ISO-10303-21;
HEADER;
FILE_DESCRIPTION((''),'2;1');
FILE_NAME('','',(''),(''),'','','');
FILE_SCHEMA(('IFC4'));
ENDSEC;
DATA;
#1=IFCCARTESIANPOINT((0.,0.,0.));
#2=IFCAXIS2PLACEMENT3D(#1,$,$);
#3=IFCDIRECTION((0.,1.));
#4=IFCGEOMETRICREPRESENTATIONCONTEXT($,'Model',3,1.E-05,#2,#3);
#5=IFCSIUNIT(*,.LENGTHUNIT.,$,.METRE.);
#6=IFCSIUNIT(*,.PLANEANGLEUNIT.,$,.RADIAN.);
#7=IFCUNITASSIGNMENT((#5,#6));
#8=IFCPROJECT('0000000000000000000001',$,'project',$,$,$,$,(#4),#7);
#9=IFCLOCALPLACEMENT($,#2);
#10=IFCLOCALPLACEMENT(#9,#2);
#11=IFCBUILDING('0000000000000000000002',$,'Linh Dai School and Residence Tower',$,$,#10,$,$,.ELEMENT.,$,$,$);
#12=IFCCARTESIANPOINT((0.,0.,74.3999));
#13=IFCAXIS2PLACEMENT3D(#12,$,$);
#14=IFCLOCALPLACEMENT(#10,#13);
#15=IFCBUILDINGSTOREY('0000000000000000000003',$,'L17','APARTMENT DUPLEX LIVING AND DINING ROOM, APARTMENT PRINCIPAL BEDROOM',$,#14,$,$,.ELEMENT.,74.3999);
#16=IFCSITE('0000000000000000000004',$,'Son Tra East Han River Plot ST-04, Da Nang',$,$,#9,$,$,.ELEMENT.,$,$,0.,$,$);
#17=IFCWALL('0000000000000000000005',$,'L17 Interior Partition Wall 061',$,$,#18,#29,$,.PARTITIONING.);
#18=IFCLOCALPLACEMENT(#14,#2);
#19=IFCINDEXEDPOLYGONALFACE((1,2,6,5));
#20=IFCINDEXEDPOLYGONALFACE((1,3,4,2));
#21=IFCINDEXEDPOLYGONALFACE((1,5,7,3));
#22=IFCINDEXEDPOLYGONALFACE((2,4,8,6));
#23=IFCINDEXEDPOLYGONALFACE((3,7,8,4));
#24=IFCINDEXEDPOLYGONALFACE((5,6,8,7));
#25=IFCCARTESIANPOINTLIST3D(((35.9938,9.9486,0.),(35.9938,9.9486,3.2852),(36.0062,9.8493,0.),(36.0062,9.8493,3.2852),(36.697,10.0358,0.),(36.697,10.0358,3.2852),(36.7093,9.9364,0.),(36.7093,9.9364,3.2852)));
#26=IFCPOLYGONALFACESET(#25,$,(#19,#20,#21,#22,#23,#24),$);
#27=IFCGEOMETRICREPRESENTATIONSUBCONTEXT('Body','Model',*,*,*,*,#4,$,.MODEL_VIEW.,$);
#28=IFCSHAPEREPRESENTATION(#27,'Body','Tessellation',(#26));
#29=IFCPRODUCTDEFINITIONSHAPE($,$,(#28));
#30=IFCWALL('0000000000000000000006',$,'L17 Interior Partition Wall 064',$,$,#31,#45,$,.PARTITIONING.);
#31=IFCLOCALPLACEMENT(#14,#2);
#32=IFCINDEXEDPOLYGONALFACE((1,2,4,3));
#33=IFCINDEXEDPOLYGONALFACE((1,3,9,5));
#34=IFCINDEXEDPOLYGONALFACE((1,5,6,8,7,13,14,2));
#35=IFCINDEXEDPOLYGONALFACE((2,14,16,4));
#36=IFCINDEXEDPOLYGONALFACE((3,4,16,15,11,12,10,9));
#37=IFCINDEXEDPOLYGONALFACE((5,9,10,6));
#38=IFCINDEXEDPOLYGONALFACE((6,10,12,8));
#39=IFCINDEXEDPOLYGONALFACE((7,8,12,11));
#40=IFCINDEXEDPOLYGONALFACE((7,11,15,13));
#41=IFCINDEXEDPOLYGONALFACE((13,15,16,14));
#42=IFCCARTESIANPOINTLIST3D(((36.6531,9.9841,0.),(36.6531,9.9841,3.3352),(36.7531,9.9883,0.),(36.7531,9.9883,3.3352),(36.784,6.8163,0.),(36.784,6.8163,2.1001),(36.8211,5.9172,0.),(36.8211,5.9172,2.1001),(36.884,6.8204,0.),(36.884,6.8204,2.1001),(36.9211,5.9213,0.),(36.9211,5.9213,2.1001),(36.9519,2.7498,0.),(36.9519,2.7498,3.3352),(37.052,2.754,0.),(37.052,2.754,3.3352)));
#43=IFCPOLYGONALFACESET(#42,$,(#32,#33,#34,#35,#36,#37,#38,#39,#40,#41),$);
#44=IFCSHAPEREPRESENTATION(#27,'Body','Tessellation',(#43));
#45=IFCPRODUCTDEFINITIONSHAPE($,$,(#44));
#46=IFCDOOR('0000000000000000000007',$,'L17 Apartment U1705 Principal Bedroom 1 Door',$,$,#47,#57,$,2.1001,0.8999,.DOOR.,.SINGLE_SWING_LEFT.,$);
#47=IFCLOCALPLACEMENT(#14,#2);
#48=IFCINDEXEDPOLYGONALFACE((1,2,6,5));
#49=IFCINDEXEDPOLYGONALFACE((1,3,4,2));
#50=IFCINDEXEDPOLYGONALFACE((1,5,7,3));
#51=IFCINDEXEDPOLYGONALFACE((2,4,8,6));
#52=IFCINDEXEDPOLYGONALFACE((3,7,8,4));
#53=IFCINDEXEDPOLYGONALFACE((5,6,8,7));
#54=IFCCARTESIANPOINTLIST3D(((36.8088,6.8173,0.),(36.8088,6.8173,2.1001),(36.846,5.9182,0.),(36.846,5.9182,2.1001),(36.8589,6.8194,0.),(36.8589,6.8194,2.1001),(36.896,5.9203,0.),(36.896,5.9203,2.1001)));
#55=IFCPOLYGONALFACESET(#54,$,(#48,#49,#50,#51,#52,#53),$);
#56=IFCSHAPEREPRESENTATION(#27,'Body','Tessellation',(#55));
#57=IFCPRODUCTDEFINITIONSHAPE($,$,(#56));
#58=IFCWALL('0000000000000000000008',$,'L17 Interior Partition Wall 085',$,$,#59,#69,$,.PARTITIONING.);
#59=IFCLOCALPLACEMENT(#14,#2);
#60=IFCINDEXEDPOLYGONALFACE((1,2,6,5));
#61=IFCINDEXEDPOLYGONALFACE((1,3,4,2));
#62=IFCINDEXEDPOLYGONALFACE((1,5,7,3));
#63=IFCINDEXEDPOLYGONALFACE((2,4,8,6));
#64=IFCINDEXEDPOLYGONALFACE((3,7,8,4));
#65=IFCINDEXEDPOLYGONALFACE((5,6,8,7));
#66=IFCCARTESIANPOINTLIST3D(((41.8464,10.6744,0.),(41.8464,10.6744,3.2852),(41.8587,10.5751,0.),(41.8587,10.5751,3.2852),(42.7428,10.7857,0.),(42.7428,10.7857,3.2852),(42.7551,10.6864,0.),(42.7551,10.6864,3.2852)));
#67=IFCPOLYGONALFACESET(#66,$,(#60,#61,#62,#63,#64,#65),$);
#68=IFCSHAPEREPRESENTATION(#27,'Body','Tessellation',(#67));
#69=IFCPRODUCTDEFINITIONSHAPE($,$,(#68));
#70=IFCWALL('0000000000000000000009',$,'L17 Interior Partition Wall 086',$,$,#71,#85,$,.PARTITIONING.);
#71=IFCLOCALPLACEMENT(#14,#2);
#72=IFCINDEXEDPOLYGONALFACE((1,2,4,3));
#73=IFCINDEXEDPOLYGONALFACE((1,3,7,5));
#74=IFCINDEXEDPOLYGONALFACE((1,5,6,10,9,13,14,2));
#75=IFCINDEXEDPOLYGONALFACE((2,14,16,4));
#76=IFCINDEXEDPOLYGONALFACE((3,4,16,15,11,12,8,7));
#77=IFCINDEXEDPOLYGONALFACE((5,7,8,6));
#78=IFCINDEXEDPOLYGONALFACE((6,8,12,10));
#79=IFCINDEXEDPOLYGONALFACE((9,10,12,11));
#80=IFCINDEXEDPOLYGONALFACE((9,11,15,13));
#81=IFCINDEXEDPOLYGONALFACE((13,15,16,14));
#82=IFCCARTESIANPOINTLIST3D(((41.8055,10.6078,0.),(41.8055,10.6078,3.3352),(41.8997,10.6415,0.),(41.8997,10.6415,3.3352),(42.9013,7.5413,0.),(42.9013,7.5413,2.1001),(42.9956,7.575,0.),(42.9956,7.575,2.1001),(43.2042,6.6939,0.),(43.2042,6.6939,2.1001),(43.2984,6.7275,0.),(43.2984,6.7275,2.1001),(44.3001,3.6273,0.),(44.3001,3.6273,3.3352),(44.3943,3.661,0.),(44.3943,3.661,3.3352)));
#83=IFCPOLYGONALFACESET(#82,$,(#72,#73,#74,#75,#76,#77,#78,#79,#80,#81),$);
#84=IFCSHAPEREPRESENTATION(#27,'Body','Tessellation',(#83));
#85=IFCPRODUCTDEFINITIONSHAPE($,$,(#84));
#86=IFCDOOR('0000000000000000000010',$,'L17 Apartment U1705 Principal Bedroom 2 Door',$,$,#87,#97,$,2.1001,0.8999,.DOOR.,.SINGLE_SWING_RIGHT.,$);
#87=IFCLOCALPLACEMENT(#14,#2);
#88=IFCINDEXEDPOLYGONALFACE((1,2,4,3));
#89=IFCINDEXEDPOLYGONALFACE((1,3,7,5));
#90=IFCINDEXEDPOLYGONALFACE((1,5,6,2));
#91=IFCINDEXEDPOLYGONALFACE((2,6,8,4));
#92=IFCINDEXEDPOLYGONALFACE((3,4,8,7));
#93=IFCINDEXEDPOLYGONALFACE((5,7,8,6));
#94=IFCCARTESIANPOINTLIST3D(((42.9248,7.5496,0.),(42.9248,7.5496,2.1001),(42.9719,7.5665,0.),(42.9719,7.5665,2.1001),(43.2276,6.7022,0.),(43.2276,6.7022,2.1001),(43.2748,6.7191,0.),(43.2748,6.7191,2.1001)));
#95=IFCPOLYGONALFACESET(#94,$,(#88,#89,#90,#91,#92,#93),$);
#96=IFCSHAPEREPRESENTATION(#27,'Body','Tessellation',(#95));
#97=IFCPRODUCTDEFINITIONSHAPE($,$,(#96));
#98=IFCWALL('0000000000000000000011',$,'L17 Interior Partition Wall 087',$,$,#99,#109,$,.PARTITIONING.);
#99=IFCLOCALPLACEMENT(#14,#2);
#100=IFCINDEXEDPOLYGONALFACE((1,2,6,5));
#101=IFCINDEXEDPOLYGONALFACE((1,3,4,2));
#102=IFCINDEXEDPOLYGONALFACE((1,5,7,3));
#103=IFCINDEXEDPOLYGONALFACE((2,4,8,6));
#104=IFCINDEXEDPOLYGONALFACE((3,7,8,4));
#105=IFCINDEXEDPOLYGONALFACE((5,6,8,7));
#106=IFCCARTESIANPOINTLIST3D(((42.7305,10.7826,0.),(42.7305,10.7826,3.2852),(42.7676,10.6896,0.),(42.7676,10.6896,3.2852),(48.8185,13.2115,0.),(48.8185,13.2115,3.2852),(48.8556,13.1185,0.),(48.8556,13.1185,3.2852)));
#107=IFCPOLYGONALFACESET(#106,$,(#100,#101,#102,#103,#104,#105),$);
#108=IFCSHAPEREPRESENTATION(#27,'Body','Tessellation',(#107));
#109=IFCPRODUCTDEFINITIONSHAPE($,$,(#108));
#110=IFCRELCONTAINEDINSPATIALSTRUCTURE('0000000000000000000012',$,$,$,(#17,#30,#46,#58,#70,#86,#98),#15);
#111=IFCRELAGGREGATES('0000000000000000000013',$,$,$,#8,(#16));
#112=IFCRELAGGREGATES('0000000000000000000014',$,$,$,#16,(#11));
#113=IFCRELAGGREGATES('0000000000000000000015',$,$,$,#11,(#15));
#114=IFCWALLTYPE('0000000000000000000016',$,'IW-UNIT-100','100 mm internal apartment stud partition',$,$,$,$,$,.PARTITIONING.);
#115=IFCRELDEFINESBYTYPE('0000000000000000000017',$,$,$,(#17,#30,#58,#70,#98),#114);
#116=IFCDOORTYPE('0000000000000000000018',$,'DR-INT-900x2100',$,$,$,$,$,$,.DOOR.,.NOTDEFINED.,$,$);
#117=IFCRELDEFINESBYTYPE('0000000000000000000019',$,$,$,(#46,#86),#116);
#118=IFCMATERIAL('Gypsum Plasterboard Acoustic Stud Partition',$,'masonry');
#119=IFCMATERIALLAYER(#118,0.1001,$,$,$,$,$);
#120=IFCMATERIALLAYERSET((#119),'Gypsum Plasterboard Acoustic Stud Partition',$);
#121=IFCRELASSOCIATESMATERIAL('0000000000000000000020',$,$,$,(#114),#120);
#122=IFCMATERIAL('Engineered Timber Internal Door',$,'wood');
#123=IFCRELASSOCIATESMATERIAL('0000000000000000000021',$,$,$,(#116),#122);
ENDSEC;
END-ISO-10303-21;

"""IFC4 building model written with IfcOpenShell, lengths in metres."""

from ifc_helpers import new_model, si_unit, direction, frame, frame_2d, origin, origin_2d, place, context, subcontext, project, spatial, rectangle, extrude, source, transform, mapped, material, layer, layer_set, type_object, element, fill, save


model = new_model("IFC4")

# Units and contexts
model_context = context("Model", 3, precision=1e-05, world=origin(), true_north=direction((0.0, 1.0)))
body_context = subcontext(model_context, "Body", "Model", "MODEL_VIEW")
ifc_project = project(units=[si_unit("LENGTHUNIT", "METRE"), si_unit("PLANEANGLEUNIT", "RADIAN")], contexts=[model_context])

# Site, building, storey
site_placement = place(None, origin())
site = spatial("IfcSite", under=ifc_project, at=site_placement, Name="Son Tra East Han River Plot ST-04, Da Nang", CompositionType="ELEMENT", RefElevation=0.0)
building_placement = place(site_placement, origin())
building = spatial("IfcBuilding", under=site, at=building_placement, Name="Linh Dai School and Residence Tower", CompositionType="ELEMENT")
storey_placement = place(building_placement, frame((0.0, 0.0, 74.3999)))
storey = spatial("IfcBuildingStorey", under=building, at=storey_placement, Name="L17", Description="APARTMENT DUPLEX LIVING AND DINING ROOM, APARTMENT PRINCIPAL BEDROOM", CompositionType="ELEMENT", Elevation=74.3999)

# Wall
ifc_material_1 = material(Name="Gypsum Plasterboard Acoustic Stud Partition", Category="masonry")
ifc_layer_1 = layer(ifc_material_1, 0.1001)
ifc_layer_set_1 = layer_set([ifc_layer_1], Name="Gypsum Plasterboard Acoustic Stud Partition")
wall_type_1 = type_object("IfcWallType", Name="IW-UNIT-100", Description="100 mm internal apartment stud partition", PredefinedType="PARTITIONING", material=ifc_layer_set_1)
wall_1_placement = place(storey_placement, frame((36.0, 9.8989, 0.0), z_axis=(0.0, 0.0, 1.0), x_axis=(0.992405, 0.123017, 0.0)))
element("IfcWall", 1, at=wall_1_placement, inside=storey, type_object=wall_type_1, Name="L17 Interior Partition Wall 061", PredefinedType="PARTITIONING", context=body_context, shape_type="SweptSolid", body=[
    extrude(rectangle(XDim=0.7085, YDim=0.1001, at=frame_2d((0.3542, 0.0))), origin(), (0.0, 0.0, 1.0), 3.2852),
])

# Wall, opening, door
wall_2_placement = place(storey_placement, frame((36.7031, 9.9861, 0.0), z_axis=(0.0, 0.0, 1.0), x_axis=(0.041272, -0.999148, 0.0)))
wall_2 = element("IfcWall", 2, at=wall_2_placement, inside=storey, type_object=wall_type_1, Name="L17 Interior Partition Wall 064", PredefinedType="PARTITIONING", context=body_context, shape_type="SweptSolid", body=[
    extrude(rectangle(XDim=7.2405, YDim=0.1001, at=frame_2d((3.6201, 0.0))), origin(), (0.0, 0.0, 1.0), 3.3352),
])
opening_1_placement = place(wall_2_placement, frame((3.1704, 0.0, 0.0)))
opening_1 = element("IfcOpeningElement", 3, at=opening_1_placement, cuts=wall_2, PredefinedType="OPENING", context=body_context, shape_type="SweptSolid", body=[
    extrude(rectangle(XDim=0.8999, YDim=2.1001, at=origin_2d()), frame((0.45, 0.0601, 1.05), z_axis=(0.0, -1.0, 0.0), x_axis=(1.0, 0.0, 0.0)), (0.0, 0.0, 1.0), 0.1201),
])
ifc_material_2 = material(Name="Engineered Timber Internal Door", Category="wood")
door_type_1 = type_object("IfcDoorType", Name="DR-INT-900x2100", OperationType="NOTDEFINED", PredefinedType="DOOR", material=ifc_material_2)
shared_shape_1 = source(origin(), body_context, "Body", "SweptSolid", [
    extrude(rectangle(XDim=0.8999, YDim=2.1001, at=origin_2d()), frame((0.45, 0.0249, 1.05), z_axis=(0.0, -1.0, 0.0), x_axis=(1.0, 0.0, 0.0)), (0.0, 0.0, 1.0), 0.05),
])
door_1_placement = place(opening_1_placement, origin())
door_1 = element("IfcDoor", 4, at=door_1_placement, inside=storey, type_object=door_type_1, Name="L17 Apartment U1705 Principal Bedroom 1 Door", OperationType="SINGLE_SWING_LEFT", OverallHeight=2.1001, OverallWidth=0.8999, PredefinedType="DOOR", context=body_context, shape_type="MappedRepresentation", body=[
    mapped(shared_shape_1, transform((0.0, 0.0, 0.0), x_axis=(1.0, 0.0, 0.0), y_axis=(0.0, 1.0, 0.0), z_axis=(0.0, 0.0, 1.0), scale=1.0)),
])
fill(opening_1, door_1)

# Wall
wall_3_placement = place(storey_placement, frame((41.8525, 10.6248, 0.0), z_axis=(0.0, 0.0, 1.0), x_axis=(0.992377, 0.123236, 0.0)))
element("IfcWall", 5, at=wall_3_placement, inside=storey, type_object=wall_type_1, Name="L17 Interior Partition Wall 085", PredefinedType="PARTITIONING", context=body_context, shape_type="SweptSolid", body=[
    extrude(rectangle(XDim=0.9033, YDim=0.1001, at=frame_2d((0.4517, 0.0))), origin(), (0.0, 0.0, 1.0), 3.2852),
])

# Wall, opening, door
wall_4_placement = place(storey_placement, frame((41.8525, 10.6248, 0.0), z_axis=(0.0, 0.0, 1.0), x_axis=(0.336528, -0.941673, 0.0)))
wall_4 = element("IfcWall", 6, at=wall_4_placement, inside=storey, type_object=wall_type_1, Name="L17 Interior Partition Wall 086", PredefinedType="PARTITIONING", context=body_context, shape_type="SweptSolid", body=[
    extrude(rectangle(XDim=7.4128, YDim=0.1001, at=frame_2d((3.7065, 0.0))), origin(), (0.0, 0.0, 1.0), 3.3352),
])
opening_2_placement = place(wall_4_placement, frame((3.2566, 0.0, 0.0)))
opening_2 = element("IfcOpeningElement", 7, at=opening_2_placement, cuts=wall_4, PredefinedType="OPENING", context=body_context, shape_type="SweptSolid", body=[
    extrude(rectangle(XDim=0.8999, YDim=2.1001, at=origin_2d()), frame((0.45, 0.0601, 1.05), z_axis=(0.0, -1.0, 0.0), x_axis=(1.0, 0.0, 0.0)), (0.0, 0.0, 1.0), 0.1201),
])
door_2_placement = place(opening_2_placement, origin())
door_2 = element("IfcDoor", 8, at=door_2_placement, inside=storey, type_object=door_type_1, Name="L17 Apartment U1705 Principal Bedroom 2 Door", OperationType="SINGLE_SWING_RIGHT", OverallHeight=2.1001, OverallWidth=0.8999, PredefinedType="DOOR", context=body_context, shape_type="MappedRepresentation", body=[
    mapped(shared_shape_1, transform((0.0, 0.0, 0.0), x_axis=(1.0, 0.0, 0.0), y_axis=(0.0, 1.0, 0.0), z_axis=(0.0, 0.0, 1.0), scale=1.0)),
])
fill(opening_2, door_2)

# Wall
wall_5_placement = place(storey_placement, frame((42.749, 10.7361, 0.0), z_axis=(0.0, 0.0, 1.0), x_axis=(0.928808, 0.370562, 0.0)))
element("IfcWall", 9, at=wall_5_placement, inside=storey, type_object=wall_type_1, Name="L17 Interior Partition Wall 087", PredefinedType="PARTITIONING", context=body_context, shape_type="SweptSolid", body=[
    extrude(rectangle(XDim=6.5547, YDim=0.1001, at=frame_2d((3.2773, 0.0))), origin(), (0.0, 0.0, 1.0), 3.2852),
])

save(model, "model.ifc")
